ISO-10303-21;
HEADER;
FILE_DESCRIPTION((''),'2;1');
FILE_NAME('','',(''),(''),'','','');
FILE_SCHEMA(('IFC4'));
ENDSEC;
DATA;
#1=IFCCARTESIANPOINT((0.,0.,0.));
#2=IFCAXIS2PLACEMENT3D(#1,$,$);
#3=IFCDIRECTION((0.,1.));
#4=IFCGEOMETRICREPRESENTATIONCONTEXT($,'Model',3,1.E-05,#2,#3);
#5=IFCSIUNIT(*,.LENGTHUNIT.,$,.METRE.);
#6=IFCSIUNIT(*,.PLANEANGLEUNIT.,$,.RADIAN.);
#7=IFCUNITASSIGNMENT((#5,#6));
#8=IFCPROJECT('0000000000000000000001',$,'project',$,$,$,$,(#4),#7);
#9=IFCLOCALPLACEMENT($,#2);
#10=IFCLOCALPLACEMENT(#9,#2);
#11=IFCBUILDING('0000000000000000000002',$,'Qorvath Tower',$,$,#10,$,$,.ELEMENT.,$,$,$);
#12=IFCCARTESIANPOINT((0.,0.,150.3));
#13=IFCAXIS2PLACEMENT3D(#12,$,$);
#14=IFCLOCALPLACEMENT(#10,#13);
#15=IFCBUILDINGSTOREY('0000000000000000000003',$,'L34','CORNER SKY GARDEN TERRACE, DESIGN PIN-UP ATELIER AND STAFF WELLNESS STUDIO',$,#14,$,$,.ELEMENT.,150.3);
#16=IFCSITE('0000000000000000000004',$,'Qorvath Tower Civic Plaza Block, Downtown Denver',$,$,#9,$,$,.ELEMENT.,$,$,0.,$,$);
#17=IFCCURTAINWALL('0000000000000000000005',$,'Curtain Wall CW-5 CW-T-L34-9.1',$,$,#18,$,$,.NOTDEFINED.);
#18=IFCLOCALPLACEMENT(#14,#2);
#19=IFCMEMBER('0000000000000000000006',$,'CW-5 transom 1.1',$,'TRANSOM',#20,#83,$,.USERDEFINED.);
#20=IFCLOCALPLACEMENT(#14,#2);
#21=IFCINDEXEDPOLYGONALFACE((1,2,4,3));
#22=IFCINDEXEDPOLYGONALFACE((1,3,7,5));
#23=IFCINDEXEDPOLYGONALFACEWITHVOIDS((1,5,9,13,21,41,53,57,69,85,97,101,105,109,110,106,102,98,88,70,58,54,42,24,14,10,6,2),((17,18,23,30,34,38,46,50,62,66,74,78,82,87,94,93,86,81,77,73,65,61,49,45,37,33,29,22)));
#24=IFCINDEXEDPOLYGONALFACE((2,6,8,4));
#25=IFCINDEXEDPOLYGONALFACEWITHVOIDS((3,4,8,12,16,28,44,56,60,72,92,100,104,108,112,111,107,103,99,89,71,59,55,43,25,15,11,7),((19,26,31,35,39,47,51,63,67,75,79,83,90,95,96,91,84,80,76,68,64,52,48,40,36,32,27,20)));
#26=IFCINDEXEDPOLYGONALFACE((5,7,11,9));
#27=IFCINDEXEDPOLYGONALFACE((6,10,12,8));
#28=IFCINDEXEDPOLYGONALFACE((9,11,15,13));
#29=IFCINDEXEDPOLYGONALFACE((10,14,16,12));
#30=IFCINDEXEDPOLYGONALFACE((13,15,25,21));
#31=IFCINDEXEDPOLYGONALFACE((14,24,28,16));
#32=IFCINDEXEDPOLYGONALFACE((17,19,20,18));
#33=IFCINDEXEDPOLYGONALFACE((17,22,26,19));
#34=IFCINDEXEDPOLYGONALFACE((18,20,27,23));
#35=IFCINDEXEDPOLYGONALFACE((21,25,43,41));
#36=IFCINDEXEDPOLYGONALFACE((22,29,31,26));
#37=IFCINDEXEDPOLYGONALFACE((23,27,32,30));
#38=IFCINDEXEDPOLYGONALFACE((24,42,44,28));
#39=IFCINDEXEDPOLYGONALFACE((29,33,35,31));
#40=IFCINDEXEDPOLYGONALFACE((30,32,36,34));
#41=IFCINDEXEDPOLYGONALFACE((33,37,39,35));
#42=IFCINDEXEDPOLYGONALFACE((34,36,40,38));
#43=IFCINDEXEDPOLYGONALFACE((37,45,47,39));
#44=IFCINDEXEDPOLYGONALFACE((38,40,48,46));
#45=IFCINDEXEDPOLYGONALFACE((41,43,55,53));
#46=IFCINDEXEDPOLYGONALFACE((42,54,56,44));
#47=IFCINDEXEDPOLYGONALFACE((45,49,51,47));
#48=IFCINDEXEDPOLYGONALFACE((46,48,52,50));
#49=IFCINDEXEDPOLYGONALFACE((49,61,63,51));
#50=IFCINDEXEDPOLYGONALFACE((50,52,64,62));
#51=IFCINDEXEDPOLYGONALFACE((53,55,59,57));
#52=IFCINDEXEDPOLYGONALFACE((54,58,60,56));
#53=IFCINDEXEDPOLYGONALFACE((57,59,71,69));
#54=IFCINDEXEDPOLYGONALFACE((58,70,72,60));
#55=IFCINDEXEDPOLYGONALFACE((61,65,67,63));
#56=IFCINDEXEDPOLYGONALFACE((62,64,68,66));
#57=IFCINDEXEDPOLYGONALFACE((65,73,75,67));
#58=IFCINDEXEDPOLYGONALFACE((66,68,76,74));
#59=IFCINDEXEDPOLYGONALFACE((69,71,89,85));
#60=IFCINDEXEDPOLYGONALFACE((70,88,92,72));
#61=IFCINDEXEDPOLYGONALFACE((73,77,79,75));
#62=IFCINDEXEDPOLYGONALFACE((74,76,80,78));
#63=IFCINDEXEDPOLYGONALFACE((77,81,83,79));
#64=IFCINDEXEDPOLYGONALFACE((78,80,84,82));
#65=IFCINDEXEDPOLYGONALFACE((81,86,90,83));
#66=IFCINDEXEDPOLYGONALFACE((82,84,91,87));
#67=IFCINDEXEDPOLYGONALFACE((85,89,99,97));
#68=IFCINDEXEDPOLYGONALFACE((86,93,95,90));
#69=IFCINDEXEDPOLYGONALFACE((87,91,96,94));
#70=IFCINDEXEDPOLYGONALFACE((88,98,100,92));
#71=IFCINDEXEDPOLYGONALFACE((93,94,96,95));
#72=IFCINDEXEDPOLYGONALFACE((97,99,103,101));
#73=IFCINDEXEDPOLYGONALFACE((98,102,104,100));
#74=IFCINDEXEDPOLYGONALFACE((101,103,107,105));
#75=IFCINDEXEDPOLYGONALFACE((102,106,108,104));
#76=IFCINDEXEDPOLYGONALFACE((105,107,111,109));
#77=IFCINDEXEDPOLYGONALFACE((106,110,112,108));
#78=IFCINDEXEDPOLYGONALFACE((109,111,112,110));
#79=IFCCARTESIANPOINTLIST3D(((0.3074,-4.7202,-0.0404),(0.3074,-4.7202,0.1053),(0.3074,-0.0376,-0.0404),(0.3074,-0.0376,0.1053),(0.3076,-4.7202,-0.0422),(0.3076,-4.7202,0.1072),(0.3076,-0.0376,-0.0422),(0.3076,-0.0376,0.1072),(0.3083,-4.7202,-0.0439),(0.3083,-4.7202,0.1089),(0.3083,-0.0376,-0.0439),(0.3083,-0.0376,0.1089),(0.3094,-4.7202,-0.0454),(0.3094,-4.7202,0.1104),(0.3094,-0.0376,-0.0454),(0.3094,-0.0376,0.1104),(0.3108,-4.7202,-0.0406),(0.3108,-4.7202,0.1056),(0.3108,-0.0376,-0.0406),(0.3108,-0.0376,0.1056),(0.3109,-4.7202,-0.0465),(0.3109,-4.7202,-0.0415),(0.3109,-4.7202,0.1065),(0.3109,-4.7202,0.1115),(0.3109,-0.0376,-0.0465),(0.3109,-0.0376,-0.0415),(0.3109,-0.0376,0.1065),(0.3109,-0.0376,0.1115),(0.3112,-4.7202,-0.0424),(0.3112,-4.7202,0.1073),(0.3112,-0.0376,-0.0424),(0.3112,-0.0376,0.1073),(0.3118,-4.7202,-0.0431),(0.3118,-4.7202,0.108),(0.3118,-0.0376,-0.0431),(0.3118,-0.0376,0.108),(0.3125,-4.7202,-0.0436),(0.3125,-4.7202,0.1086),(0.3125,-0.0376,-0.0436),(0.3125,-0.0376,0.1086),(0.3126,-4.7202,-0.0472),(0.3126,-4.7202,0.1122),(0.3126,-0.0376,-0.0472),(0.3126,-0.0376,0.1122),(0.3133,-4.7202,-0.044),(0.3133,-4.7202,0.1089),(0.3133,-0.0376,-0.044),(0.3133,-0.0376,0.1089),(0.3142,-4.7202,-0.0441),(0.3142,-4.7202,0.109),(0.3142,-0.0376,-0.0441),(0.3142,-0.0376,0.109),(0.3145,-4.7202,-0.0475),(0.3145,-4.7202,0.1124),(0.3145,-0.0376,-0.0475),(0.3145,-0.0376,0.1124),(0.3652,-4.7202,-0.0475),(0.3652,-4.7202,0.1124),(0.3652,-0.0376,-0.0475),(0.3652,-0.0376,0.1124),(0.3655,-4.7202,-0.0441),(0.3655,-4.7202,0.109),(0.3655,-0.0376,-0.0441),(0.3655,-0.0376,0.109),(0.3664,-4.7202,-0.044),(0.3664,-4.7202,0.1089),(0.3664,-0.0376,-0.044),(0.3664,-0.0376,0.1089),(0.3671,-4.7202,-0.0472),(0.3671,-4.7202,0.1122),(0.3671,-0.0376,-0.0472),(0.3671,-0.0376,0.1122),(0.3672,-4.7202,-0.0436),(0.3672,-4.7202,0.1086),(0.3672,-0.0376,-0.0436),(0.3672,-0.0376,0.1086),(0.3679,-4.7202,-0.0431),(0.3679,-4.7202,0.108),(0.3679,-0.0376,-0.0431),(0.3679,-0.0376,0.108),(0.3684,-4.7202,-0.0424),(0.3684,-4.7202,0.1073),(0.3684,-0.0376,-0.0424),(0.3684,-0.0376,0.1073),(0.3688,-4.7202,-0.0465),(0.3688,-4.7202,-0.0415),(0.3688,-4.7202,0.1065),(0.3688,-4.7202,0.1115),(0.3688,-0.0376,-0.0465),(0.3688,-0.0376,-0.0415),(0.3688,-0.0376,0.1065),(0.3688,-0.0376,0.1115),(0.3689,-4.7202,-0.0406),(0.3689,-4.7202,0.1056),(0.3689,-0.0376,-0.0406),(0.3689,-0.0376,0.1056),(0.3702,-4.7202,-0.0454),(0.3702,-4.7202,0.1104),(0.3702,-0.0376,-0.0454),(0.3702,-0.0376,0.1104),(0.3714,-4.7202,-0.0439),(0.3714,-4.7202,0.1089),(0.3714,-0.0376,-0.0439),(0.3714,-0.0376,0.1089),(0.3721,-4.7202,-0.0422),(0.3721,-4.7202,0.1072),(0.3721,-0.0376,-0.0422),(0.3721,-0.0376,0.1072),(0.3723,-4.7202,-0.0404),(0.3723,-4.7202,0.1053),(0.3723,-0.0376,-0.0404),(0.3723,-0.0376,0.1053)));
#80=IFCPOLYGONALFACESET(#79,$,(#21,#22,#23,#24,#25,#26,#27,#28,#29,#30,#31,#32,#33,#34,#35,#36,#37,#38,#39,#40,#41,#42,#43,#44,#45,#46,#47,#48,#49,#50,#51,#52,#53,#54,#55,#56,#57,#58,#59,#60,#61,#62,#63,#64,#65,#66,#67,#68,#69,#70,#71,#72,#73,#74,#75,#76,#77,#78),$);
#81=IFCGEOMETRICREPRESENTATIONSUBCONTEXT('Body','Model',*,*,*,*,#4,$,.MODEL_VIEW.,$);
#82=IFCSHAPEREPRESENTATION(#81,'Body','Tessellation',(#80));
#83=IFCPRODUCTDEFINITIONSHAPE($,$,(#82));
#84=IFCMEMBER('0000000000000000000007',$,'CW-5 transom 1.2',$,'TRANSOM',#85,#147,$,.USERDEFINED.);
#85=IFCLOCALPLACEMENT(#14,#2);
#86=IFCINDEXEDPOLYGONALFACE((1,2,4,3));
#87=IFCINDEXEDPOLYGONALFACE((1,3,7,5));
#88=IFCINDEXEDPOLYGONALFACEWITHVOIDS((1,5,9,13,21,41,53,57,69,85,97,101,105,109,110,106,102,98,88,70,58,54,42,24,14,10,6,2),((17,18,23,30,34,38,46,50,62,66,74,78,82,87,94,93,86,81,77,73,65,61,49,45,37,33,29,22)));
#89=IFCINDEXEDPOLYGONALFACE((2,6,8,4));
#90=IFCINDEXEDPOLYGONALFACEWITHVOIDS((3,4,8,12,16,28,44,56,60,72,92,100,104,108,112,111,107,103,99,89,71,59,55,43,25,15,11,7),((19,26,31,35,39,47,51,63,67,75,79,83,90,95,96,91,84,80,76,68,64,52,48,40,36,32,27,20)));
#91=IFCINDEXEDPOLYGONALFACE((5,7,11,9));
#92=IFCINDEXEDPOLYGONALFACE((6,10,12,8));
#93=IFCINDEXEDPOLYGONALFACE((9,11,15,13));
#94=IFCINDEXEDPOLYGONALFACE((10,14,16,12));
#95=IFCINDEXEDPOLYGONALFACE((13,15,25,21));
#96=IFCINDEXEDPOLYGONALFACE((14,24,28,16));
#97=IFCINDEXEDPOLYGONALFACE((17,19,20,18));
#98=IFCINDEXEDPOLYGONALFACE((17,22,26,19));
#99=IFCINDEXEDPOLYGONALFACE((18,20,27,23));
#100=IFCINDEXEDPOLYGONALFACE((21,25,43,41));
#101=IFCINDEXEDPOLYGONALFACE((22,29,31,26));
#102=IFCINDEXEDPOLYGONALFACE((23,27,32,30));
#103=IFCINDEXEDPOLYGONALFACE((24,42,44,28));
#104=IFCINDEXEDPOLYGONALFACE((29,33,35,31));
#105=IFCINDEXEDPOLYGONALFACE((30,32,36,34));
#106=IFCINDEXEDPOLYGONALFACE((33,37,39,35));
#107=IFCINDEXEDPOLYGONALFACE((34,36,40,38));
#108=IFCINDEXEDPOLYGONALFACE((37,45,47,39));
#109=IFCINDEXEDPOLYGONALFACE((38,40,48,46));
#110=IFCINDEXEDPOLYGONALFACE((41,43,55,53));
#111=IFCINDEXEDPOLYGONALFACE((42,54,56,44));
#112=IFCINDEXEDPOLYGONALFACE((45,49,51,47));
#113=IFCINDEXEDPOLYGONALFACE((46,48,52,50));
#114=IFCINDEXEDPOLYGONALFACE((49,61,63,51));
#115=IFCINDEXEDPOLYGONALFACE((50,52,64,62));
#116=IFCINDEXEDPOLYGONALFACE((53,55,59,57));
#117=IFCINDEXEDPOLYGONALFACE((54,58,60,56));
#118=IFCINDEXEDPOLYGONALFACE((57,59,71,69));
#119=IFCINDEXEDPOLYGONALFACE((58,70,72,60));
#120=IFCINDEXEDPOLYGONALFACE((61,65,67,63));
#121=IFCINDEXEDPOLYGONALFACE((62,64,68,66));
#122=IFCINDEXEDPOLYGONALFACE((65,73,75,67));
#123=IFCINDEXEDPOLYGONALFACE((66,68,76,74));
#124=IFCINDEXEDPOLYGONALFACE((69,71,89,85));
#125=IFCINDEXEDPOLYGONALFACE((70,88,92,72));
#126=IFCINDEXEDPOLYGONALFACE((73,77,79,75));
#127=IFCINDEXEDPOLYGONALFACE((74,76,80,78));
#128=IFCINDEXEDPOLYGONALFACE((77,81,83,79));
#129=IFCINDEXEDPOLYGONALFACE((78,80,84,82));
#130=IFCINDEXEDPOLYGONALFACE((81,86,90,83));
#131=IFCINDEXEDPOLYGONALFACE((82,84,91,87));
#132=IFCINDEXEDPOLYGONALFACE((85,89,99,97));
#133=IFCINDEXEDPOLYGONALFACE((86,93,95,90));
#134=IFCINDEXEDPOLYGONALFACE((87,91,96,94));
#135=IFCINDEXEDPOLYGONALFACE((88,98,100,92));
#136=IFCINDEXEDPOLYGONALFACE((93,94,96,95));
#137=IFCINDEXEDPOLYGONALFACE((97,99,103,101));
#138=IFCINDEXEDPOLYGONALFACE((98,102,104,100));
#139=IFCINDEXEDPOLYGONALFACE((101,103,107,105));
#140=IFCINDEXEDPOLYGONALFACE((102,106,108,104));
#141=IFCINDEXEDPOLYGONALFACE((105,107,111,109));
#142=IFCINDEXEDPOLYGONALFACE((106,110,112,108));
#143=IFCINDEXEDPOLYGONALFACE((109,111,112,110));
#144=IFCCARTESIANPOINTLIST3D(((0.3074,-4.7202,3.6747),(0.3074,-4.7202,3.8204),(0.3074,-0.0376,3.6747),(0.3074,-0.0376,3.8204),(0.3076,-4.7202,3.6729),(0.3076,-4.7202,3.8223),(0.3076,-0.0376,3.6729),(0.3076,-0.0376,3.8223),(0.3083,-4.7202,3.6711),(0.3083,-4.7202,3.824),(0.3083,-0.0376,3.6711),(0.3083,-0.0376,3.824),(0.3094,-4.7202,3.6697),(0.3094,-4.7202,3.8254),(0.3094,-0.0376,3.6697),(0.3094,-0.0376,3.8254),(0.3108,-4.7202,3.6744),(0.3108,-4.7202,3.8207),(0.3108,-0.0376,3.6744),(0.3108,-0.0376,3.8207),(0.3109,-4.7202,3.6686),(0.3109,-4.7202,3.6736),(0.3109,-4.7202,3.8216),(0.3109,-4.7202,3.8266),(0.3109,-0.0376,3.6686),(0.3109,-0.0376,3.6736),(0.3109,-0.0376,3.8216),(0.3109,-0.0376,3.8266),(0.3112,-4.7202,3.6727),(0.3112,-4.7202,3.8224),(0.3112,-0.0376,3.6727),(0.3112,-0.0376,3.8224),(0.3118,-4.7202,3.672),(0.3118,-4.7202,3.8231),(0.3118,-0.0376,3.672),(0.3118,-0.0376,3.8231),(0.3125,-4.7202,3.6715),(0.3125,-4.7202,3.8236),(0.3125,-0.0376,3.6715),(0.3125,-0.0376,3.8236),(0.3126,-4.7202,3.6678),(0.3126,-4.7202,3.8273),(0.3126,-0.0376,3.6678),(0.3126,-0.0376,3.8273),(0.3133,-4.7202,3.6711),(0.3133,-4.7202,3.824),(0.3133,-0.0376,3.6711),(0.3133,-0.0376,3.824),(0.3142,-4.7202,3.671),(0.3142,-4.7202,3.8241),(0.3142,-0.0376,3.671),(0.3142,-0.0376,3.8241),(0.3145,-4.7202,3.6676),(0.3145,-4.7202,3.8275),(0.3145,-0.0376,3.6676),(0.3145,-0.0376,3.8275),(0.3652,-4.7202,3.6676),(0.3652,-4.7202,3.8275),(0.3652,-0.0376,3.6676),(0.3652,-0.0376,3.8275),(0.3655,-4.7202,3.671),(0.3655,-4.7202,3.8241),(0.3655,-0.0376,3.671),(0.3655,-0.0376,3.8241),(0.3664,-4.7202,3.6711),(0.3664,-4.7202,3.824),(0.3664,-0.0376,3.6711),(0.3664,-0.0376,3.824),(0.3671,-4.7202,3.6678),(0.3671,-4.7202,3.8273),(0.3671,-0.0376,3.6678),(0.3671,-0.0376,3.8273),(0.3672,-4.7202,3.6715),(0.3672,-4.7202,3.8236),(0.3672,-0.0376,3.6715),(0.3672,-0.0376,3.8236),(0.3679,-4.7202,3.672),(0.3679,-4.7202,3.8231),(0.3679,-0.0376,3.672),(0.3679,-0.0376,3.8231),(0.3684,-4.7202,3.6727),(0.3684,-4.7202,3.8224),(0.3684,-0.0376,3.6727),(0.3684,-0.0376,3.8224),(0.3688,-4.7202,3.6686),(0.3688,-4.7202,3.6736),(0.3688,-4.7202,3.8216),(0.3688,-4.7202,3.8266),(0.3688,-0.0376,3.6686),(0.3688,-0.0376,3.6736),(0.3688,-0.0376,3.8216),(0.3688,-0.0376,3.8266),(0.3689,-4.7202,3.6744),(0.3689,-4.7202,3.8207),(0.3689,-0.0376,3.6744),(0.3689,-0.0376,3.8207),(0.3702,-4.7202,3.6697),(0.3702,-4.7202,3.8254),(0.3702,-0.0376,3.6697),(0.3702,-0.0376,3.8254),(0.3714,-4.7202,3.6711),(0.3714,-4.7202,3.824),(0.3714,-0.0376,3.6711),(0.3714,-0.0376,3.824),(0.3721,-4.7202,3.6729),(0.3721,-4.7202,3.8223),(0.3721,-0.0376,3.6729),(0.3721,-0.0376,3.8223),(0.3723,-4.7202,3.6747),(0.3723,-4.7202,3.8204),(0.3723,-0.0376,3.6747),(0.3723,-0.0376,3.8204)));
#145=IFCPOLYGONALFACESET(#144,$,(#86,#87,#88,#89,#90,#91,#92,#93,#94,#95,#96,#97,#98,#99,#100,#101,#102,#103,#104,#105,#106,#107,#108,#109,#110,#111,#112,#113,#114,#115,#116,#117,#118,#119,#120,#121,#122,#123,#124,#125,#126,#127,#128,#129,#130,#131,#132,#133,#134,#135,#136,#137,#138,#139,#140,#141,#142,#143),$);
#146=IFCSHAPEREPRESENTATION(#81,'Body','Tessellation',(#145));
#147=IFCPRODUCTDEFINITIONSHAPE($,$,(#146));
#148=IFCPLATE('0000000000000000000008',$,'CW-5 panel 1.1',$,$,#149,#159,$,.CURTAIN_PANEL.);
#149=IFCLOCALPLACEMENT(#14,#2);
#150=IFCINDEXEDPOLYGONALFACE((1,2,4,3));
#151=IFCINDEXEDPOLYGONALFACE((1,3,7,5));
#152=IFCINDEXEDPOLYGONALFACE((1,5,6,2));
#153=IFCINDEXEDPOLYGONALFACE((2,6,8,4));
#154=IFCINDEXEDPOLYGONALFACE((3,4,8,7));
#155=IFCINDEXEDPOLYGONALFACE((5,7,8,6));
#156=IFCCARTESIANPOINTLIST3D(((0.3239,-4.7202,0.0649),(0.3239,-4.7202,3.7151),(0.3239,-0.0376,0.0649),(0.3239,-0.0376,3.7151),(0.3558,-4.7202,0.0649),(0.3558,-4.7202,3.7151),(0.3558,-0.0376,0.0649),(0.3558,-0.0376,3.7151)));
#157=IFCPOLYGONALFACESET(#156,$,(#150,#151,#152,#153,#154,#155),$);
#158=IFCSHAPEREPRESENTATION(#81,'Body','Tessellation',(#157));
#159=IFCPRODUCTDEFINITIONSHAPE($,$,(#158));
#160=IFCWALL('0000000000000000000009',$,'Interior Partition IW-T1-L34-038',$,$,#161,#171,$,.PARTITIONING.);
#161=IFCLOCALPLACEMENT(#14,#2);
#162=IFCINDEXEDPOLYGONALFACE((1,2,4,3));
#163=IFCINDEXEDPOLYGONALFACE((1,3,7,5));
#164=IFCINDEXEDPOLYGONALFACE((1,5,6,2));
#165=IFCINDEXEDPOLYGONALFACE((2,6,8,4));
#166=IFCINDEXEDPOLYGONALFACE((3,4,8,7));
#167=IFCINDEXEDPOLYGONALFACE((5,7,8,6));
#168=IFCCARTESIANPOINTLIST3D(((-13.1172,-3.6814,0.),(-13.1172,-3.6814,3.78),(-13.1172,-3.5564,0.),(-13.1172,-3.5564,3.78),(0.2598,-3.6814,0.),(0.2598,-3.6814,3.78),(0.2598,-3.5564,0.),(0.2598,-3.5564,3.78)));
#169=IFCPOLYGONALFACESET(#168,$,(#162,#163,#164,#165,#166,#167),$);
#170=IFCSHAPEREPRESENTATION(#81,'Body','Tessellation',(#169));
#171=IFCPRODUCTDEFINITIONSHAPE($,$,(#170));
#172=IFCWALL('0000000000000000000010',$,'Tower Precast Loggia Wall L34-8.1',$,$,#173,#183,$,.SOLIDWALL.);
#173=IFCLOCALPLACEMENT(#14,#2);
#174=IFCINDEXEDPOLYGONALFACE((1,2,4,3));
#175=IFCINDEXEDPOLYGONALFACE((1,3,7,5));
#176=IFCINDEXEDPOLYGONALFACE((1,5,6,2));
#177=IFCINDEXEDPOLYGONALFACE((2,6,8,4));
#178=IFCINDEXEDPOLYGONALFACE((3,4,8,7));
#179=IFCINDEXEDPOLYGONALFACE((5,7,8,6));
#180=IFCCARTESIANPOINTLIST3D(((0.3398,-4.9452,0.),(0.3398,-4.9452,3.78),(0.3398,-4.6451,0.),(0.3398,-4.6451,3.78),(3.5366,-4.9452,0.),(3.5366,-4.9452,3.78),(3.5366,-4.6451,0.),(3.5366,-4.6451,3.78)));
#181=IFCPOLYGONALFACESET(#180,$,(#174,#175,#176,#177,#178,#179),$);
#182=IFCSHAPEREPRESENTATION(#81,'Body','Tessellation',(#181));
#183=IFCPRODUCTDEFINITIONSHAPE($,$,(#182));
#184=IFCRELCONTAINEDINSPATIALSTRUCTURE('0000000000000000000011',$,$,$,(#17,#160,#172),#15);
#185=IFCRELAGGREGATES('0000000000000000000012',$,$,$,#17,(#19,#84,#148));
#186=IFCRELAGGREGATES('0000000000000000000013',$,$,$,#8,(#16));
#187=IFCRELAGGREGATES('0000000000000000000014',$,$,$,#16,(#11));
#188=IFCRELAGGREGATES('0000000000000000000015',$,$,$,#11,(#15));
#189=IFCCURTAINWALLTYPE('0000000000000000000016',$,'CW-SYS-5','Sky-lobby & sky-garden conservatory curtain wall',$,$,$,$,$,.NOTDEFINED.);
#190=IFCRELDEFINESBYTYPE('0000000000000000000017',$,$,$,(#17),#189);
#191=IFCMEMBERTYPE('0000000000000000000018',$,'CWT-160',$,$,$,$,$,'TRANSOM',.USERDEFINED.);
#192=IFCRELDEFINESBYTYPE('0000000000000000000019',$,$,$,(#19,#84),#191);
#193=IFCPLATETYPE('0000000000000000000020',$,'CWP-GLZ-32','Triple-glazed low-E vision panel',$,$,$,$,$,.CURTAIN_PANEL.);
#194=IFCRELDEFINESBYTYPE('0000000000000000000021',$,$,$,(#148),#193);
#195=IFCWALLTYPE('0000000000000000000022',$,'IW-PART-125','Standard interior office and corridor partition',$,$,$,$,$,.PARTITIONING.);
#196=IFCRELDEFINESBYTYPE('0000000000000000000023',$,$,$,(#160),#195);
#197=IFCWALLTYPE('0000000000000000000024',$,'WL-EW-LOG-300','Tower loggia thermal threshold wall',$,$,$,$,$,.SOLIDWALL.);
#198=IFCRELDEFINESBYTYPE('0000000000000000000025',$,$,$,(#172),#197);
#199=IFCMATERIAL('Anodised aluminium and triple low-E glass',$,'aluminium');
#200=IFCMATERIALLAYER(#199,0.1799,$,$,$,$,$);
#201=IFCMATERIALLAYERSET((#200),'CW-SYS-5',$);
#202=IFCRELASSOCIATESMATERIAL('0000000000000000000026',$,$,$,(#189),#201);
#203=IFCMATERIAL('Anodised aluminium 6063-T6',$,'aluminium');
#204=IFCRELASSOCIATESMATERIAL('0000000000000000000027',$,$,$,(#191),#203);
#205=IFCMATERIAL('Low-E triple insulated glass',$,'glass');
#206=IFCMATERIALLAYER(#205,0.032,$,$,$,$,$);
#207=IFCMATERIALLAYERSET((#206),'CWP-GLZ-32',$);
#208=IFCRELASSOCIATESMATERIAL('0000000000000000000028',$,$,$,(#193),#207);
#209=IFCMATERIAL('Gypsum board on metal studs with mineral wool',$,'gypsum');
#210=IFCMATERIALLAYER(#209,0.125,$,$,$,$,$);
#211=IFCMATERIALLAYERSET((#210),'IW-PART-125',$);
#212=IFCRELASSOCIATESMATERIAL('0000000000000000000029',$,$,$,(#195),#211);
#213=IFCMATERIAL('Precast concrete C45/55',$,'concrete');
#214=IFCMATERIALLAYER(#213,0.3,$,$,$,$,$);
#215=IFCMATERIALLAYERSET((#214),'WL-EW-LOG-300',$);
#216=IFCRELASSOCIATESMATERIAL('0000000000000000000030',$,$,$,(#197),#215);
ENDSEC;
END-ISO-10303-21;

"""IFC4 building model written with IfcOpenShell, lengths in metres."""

from ifc_helpers import new_model, si_unit, direction, frame, frame_2d, origin, origin_2d, place, context, subcontext, project, spatial, rectangle, hollow_rectangle, extrude, material, layer, layer_set, material_profile, profile_set, type_object, element, aggregate, save


model = new_model("IFC4")

# Units and contexts
model_context = context("Model", 3, precision=1e-05, world=origin(), true_north=direction((0.0, 1.0)))
body_context = subcontext(model_context, "Body", "Model", "MODEL_VIEW")
ifc_project = project(units=[si_unit("LENGTHUNIT", "METRE"), si_unit("PLANEANGLEUNIT", "RADIAN")], contexts=[model_context])

# Site, building, storey
site_placement = place(None, origin())
site = spatial("IfcSite", under=ifc_project, at=site_placement, Name="Qorvath Tower Civic Plaza Block, Downtown Denver", CompositionType="ELEMENT", RefElevation=0.0)
building_placement = place(site_placement, origin())
building = spatial("IfcBuilding", under=site, at=building_placement, Name="Qorvath Tower", CompositionType="ELEMENT")
storey_placement = place(building_placement, frame((0.0, 0.0, 150.3)))
storey = spatial("IfcBuildingStorey", under=building, at=storey_placement, Name="L34", Description="CORNER SKY GARDEN TERRACE, DESIGN PIN-UP ATELIER AND STAFF WELLNESS STUDIO", CompositionType="ELEMENT", Elevation=150.3)

# Shared definitions
ifc_material_1 = material(Name="Anodised aluminium and triple low-E glass", Category="aluminium")
ifc_layer_1 = layer(ifc_material_1, 0.1799)
ifc_layer_set_1 = layer_set([ifc_layer_1], Name="CW-SYS-5")
curtain_wall_type = type_object("IfcCurtainWallType", Name="CW-SYS-5", Description="Sky-lobby & sky-garden conservatory curtain wall", PredefinedType="NOTDEFINED", material=ifc_layer_set_1)

# Curtain wall, members, plate
curtain_wall_1_placement = place(storey_placement, origin())
curtain_wall_1 = element("IfcCurtainWall", 1, at=curtain_wall_1_placement, inside=storey, type_object=curtain_wall_type, Name="Curtain Wall CW-5 CW-T-L34-9.1", PredefinedType="NOTDEFINED")
ifc_material_2 = material(Name="Anodised aluminium 6063-T6", Category="aluminium")
ifc_material_profile_1 = material_profile(ifc_material_2, hollow_rectangle(XDim=0.0649, YDim=0.1599, WallThickness=0.0034, InnerFilletRadius=0.0034, OuterFilletRadius=0.0071, at=origin_2d()), Name="CWT 160x65")
ifc_profile_set_1 = profile_set([ifc_material_profile_1], Name="Anodised aluminium 6063-T6")
member_type_1 = type_object("IfcMemberType", Name="CWT-160", ElementType="TRANSOM", PredefinedType="USERDEFINED", material=ifc_profile_set_1)
member_1_placement = place(storey_placement, frame((0.3398, -4.7202, 0.0325), z_axis=(0.0, 1.0, 0.0), x_axis=(-1.0, 0.0, 0.0)))
member_1 = element("IfcMember", 2, at=member_1_placement, type_object=member_type_1, Name="CW-5 transom 1.1", ObjectType="TRANSOM", PredefinedType="USERDEFINED", context=body_context, shape_type="SweptSolid", body=[
    extrude(hollow_rectangle(XDim=0.0649, YDim=0.1599, WallThickness=0.0034, InnerFilletRadius=0.0034, OuterFilletRadius=0.0071, at=origin_2d()), origin(), (0.0, 0.0, 1.0), 4.6826),
])
member_2_placement = place(storey_placement, frame((0.3398, -4.7202, 3.7476), z_axis=(0.0, 1.0, 0.0), x_axis=(-1.0, 0.0, 0.0)))
member_2 = element("IfcMember", 3, at=member_2_placement, type_object=member_type_1, Name="CW-5 transom 1.2", ObjectType="TRANSOM", PredefinedType="USERDEFINED", context=body_context, shape_type="SweptSolid", body=[
    extrude(hollow_rectangle(XDim=0.0649, YDim=0.1599, WallThickness=0.0034, InnerFilletRadius=0.0034, OuterFilletRadius=0.0071, at=origin_2d()), origin(), (0.0, 0.0, 1.0), 4.6826),
])
ifc_material_3 = material(Name="Low-E triple insulated glass", Category="glass")
ifc_layer_2 = layer(ifc_material_3, 0.032)
ifc_layer_set_2 = layer_set([ifc_layer_2], Name="CWP-GLZ-32")
plate_type = type_object("IfcPlateType", Name="CWP-GLZ-32", Description="Triple-glazed low-E vision panel", PredefinedType="CURTAIN_PANEL", material=ifc_layer_set_2)
plate_placement = place(storey_placement, frame((0.3398, -2.3789, 0.0649), z_axis=(0.0, 0.0, 1.0), x_axis=(0.0, 1.0, 0.0)))
plate = element("IfcPlate", 4, at=plate_placement, type_object=plate_type, Name="CW-5 panel 1.1", PredefinedType="CURTAIN_PANEL", context=body_context, shape_type="SweptSolid", body=[
    extrude(rectangle(XDim=4.6826, YDim=0.032, at=origin_2d()), origin(), (0.0, 0.0, 1.0), 3.6501),
])
aggregate(curtain_wall_1, [member_1, member_2, plate])

# Walls
ifc_material_4 = material(Name="Gypsum board on metal studs with mineral wool", Category="gypsum")
ifc_layer_3 = layer(ifc_material_4, 0.125)
ifc_layer_set_3 = layer_set([ifc_layer_3], Name="IW-PART-125")
wall_type_1 = type_object("IfcWallType", Name="IW-PART-125", Description="Standard interior office and corridor partition", PredefinedType="PARTITIONING", material=ifc_layer_set_3)
wall_1_placement = place(storey_placement, frame((0.2598, -3.6189, 0.0), z_axis=(0.0, 0.0, 1.0), x_axis=(-1.0, 0.0, 0.0)))
element("IfcWall", 5, at=wall_1_placement, inside=storey, type_object=wall_type_1, Name="Interior Partition IW-T1-L34-038", PredefinedType="PARTITIONING", context=body_context, shape_type="SweptSolid", body=[
    extrude(rectangle(XDim=13.377, YDim=0.125, at=frame_2d((6.6885, 0.0))), origin(), (0.0, 0.0, 1.0), 3.78),
])
ifc_material_5 = material(Name="Precast concrete C45/55", Category="concrete")
ifc_layer_4 = layer(ifc_material_5, 0.3)
ifc_layer_set_4 = layer_set([ifc_layer_4], Name="WL-EW-LOG-300")
wall_type_2 = type_object("IfcWallType", Name="WL-EW-LOG-300", Description="Tower loggia thermal threshold wall", PredefinedType="SOLIDWALL", material=ifc_layer_set_4)
wall_2_placement = place(storey_placement, frame((3.5366, -4.7952, 0.0), z_axis=(0.0, 0.0, 1.0), x_axis=(-1.0, 0.0, 0.0)))
element("IfcWall", 6, at=wall_2_placement, inside=storey, type_object=wall_type_2, Name="Tower Precast Loggia Wall L34-8.1", PredefinedType="SOLIDWALL", context=body_context, shape_type="SweptSolid", body=[
    extrude(rectangle(XDim=3.1968, YDim=0.3, at=frame_2d((1.5984, 0.0))), origin(), (0.0, 0.0, 1.0), 3.78),
])

save(model, "model.ifc")
